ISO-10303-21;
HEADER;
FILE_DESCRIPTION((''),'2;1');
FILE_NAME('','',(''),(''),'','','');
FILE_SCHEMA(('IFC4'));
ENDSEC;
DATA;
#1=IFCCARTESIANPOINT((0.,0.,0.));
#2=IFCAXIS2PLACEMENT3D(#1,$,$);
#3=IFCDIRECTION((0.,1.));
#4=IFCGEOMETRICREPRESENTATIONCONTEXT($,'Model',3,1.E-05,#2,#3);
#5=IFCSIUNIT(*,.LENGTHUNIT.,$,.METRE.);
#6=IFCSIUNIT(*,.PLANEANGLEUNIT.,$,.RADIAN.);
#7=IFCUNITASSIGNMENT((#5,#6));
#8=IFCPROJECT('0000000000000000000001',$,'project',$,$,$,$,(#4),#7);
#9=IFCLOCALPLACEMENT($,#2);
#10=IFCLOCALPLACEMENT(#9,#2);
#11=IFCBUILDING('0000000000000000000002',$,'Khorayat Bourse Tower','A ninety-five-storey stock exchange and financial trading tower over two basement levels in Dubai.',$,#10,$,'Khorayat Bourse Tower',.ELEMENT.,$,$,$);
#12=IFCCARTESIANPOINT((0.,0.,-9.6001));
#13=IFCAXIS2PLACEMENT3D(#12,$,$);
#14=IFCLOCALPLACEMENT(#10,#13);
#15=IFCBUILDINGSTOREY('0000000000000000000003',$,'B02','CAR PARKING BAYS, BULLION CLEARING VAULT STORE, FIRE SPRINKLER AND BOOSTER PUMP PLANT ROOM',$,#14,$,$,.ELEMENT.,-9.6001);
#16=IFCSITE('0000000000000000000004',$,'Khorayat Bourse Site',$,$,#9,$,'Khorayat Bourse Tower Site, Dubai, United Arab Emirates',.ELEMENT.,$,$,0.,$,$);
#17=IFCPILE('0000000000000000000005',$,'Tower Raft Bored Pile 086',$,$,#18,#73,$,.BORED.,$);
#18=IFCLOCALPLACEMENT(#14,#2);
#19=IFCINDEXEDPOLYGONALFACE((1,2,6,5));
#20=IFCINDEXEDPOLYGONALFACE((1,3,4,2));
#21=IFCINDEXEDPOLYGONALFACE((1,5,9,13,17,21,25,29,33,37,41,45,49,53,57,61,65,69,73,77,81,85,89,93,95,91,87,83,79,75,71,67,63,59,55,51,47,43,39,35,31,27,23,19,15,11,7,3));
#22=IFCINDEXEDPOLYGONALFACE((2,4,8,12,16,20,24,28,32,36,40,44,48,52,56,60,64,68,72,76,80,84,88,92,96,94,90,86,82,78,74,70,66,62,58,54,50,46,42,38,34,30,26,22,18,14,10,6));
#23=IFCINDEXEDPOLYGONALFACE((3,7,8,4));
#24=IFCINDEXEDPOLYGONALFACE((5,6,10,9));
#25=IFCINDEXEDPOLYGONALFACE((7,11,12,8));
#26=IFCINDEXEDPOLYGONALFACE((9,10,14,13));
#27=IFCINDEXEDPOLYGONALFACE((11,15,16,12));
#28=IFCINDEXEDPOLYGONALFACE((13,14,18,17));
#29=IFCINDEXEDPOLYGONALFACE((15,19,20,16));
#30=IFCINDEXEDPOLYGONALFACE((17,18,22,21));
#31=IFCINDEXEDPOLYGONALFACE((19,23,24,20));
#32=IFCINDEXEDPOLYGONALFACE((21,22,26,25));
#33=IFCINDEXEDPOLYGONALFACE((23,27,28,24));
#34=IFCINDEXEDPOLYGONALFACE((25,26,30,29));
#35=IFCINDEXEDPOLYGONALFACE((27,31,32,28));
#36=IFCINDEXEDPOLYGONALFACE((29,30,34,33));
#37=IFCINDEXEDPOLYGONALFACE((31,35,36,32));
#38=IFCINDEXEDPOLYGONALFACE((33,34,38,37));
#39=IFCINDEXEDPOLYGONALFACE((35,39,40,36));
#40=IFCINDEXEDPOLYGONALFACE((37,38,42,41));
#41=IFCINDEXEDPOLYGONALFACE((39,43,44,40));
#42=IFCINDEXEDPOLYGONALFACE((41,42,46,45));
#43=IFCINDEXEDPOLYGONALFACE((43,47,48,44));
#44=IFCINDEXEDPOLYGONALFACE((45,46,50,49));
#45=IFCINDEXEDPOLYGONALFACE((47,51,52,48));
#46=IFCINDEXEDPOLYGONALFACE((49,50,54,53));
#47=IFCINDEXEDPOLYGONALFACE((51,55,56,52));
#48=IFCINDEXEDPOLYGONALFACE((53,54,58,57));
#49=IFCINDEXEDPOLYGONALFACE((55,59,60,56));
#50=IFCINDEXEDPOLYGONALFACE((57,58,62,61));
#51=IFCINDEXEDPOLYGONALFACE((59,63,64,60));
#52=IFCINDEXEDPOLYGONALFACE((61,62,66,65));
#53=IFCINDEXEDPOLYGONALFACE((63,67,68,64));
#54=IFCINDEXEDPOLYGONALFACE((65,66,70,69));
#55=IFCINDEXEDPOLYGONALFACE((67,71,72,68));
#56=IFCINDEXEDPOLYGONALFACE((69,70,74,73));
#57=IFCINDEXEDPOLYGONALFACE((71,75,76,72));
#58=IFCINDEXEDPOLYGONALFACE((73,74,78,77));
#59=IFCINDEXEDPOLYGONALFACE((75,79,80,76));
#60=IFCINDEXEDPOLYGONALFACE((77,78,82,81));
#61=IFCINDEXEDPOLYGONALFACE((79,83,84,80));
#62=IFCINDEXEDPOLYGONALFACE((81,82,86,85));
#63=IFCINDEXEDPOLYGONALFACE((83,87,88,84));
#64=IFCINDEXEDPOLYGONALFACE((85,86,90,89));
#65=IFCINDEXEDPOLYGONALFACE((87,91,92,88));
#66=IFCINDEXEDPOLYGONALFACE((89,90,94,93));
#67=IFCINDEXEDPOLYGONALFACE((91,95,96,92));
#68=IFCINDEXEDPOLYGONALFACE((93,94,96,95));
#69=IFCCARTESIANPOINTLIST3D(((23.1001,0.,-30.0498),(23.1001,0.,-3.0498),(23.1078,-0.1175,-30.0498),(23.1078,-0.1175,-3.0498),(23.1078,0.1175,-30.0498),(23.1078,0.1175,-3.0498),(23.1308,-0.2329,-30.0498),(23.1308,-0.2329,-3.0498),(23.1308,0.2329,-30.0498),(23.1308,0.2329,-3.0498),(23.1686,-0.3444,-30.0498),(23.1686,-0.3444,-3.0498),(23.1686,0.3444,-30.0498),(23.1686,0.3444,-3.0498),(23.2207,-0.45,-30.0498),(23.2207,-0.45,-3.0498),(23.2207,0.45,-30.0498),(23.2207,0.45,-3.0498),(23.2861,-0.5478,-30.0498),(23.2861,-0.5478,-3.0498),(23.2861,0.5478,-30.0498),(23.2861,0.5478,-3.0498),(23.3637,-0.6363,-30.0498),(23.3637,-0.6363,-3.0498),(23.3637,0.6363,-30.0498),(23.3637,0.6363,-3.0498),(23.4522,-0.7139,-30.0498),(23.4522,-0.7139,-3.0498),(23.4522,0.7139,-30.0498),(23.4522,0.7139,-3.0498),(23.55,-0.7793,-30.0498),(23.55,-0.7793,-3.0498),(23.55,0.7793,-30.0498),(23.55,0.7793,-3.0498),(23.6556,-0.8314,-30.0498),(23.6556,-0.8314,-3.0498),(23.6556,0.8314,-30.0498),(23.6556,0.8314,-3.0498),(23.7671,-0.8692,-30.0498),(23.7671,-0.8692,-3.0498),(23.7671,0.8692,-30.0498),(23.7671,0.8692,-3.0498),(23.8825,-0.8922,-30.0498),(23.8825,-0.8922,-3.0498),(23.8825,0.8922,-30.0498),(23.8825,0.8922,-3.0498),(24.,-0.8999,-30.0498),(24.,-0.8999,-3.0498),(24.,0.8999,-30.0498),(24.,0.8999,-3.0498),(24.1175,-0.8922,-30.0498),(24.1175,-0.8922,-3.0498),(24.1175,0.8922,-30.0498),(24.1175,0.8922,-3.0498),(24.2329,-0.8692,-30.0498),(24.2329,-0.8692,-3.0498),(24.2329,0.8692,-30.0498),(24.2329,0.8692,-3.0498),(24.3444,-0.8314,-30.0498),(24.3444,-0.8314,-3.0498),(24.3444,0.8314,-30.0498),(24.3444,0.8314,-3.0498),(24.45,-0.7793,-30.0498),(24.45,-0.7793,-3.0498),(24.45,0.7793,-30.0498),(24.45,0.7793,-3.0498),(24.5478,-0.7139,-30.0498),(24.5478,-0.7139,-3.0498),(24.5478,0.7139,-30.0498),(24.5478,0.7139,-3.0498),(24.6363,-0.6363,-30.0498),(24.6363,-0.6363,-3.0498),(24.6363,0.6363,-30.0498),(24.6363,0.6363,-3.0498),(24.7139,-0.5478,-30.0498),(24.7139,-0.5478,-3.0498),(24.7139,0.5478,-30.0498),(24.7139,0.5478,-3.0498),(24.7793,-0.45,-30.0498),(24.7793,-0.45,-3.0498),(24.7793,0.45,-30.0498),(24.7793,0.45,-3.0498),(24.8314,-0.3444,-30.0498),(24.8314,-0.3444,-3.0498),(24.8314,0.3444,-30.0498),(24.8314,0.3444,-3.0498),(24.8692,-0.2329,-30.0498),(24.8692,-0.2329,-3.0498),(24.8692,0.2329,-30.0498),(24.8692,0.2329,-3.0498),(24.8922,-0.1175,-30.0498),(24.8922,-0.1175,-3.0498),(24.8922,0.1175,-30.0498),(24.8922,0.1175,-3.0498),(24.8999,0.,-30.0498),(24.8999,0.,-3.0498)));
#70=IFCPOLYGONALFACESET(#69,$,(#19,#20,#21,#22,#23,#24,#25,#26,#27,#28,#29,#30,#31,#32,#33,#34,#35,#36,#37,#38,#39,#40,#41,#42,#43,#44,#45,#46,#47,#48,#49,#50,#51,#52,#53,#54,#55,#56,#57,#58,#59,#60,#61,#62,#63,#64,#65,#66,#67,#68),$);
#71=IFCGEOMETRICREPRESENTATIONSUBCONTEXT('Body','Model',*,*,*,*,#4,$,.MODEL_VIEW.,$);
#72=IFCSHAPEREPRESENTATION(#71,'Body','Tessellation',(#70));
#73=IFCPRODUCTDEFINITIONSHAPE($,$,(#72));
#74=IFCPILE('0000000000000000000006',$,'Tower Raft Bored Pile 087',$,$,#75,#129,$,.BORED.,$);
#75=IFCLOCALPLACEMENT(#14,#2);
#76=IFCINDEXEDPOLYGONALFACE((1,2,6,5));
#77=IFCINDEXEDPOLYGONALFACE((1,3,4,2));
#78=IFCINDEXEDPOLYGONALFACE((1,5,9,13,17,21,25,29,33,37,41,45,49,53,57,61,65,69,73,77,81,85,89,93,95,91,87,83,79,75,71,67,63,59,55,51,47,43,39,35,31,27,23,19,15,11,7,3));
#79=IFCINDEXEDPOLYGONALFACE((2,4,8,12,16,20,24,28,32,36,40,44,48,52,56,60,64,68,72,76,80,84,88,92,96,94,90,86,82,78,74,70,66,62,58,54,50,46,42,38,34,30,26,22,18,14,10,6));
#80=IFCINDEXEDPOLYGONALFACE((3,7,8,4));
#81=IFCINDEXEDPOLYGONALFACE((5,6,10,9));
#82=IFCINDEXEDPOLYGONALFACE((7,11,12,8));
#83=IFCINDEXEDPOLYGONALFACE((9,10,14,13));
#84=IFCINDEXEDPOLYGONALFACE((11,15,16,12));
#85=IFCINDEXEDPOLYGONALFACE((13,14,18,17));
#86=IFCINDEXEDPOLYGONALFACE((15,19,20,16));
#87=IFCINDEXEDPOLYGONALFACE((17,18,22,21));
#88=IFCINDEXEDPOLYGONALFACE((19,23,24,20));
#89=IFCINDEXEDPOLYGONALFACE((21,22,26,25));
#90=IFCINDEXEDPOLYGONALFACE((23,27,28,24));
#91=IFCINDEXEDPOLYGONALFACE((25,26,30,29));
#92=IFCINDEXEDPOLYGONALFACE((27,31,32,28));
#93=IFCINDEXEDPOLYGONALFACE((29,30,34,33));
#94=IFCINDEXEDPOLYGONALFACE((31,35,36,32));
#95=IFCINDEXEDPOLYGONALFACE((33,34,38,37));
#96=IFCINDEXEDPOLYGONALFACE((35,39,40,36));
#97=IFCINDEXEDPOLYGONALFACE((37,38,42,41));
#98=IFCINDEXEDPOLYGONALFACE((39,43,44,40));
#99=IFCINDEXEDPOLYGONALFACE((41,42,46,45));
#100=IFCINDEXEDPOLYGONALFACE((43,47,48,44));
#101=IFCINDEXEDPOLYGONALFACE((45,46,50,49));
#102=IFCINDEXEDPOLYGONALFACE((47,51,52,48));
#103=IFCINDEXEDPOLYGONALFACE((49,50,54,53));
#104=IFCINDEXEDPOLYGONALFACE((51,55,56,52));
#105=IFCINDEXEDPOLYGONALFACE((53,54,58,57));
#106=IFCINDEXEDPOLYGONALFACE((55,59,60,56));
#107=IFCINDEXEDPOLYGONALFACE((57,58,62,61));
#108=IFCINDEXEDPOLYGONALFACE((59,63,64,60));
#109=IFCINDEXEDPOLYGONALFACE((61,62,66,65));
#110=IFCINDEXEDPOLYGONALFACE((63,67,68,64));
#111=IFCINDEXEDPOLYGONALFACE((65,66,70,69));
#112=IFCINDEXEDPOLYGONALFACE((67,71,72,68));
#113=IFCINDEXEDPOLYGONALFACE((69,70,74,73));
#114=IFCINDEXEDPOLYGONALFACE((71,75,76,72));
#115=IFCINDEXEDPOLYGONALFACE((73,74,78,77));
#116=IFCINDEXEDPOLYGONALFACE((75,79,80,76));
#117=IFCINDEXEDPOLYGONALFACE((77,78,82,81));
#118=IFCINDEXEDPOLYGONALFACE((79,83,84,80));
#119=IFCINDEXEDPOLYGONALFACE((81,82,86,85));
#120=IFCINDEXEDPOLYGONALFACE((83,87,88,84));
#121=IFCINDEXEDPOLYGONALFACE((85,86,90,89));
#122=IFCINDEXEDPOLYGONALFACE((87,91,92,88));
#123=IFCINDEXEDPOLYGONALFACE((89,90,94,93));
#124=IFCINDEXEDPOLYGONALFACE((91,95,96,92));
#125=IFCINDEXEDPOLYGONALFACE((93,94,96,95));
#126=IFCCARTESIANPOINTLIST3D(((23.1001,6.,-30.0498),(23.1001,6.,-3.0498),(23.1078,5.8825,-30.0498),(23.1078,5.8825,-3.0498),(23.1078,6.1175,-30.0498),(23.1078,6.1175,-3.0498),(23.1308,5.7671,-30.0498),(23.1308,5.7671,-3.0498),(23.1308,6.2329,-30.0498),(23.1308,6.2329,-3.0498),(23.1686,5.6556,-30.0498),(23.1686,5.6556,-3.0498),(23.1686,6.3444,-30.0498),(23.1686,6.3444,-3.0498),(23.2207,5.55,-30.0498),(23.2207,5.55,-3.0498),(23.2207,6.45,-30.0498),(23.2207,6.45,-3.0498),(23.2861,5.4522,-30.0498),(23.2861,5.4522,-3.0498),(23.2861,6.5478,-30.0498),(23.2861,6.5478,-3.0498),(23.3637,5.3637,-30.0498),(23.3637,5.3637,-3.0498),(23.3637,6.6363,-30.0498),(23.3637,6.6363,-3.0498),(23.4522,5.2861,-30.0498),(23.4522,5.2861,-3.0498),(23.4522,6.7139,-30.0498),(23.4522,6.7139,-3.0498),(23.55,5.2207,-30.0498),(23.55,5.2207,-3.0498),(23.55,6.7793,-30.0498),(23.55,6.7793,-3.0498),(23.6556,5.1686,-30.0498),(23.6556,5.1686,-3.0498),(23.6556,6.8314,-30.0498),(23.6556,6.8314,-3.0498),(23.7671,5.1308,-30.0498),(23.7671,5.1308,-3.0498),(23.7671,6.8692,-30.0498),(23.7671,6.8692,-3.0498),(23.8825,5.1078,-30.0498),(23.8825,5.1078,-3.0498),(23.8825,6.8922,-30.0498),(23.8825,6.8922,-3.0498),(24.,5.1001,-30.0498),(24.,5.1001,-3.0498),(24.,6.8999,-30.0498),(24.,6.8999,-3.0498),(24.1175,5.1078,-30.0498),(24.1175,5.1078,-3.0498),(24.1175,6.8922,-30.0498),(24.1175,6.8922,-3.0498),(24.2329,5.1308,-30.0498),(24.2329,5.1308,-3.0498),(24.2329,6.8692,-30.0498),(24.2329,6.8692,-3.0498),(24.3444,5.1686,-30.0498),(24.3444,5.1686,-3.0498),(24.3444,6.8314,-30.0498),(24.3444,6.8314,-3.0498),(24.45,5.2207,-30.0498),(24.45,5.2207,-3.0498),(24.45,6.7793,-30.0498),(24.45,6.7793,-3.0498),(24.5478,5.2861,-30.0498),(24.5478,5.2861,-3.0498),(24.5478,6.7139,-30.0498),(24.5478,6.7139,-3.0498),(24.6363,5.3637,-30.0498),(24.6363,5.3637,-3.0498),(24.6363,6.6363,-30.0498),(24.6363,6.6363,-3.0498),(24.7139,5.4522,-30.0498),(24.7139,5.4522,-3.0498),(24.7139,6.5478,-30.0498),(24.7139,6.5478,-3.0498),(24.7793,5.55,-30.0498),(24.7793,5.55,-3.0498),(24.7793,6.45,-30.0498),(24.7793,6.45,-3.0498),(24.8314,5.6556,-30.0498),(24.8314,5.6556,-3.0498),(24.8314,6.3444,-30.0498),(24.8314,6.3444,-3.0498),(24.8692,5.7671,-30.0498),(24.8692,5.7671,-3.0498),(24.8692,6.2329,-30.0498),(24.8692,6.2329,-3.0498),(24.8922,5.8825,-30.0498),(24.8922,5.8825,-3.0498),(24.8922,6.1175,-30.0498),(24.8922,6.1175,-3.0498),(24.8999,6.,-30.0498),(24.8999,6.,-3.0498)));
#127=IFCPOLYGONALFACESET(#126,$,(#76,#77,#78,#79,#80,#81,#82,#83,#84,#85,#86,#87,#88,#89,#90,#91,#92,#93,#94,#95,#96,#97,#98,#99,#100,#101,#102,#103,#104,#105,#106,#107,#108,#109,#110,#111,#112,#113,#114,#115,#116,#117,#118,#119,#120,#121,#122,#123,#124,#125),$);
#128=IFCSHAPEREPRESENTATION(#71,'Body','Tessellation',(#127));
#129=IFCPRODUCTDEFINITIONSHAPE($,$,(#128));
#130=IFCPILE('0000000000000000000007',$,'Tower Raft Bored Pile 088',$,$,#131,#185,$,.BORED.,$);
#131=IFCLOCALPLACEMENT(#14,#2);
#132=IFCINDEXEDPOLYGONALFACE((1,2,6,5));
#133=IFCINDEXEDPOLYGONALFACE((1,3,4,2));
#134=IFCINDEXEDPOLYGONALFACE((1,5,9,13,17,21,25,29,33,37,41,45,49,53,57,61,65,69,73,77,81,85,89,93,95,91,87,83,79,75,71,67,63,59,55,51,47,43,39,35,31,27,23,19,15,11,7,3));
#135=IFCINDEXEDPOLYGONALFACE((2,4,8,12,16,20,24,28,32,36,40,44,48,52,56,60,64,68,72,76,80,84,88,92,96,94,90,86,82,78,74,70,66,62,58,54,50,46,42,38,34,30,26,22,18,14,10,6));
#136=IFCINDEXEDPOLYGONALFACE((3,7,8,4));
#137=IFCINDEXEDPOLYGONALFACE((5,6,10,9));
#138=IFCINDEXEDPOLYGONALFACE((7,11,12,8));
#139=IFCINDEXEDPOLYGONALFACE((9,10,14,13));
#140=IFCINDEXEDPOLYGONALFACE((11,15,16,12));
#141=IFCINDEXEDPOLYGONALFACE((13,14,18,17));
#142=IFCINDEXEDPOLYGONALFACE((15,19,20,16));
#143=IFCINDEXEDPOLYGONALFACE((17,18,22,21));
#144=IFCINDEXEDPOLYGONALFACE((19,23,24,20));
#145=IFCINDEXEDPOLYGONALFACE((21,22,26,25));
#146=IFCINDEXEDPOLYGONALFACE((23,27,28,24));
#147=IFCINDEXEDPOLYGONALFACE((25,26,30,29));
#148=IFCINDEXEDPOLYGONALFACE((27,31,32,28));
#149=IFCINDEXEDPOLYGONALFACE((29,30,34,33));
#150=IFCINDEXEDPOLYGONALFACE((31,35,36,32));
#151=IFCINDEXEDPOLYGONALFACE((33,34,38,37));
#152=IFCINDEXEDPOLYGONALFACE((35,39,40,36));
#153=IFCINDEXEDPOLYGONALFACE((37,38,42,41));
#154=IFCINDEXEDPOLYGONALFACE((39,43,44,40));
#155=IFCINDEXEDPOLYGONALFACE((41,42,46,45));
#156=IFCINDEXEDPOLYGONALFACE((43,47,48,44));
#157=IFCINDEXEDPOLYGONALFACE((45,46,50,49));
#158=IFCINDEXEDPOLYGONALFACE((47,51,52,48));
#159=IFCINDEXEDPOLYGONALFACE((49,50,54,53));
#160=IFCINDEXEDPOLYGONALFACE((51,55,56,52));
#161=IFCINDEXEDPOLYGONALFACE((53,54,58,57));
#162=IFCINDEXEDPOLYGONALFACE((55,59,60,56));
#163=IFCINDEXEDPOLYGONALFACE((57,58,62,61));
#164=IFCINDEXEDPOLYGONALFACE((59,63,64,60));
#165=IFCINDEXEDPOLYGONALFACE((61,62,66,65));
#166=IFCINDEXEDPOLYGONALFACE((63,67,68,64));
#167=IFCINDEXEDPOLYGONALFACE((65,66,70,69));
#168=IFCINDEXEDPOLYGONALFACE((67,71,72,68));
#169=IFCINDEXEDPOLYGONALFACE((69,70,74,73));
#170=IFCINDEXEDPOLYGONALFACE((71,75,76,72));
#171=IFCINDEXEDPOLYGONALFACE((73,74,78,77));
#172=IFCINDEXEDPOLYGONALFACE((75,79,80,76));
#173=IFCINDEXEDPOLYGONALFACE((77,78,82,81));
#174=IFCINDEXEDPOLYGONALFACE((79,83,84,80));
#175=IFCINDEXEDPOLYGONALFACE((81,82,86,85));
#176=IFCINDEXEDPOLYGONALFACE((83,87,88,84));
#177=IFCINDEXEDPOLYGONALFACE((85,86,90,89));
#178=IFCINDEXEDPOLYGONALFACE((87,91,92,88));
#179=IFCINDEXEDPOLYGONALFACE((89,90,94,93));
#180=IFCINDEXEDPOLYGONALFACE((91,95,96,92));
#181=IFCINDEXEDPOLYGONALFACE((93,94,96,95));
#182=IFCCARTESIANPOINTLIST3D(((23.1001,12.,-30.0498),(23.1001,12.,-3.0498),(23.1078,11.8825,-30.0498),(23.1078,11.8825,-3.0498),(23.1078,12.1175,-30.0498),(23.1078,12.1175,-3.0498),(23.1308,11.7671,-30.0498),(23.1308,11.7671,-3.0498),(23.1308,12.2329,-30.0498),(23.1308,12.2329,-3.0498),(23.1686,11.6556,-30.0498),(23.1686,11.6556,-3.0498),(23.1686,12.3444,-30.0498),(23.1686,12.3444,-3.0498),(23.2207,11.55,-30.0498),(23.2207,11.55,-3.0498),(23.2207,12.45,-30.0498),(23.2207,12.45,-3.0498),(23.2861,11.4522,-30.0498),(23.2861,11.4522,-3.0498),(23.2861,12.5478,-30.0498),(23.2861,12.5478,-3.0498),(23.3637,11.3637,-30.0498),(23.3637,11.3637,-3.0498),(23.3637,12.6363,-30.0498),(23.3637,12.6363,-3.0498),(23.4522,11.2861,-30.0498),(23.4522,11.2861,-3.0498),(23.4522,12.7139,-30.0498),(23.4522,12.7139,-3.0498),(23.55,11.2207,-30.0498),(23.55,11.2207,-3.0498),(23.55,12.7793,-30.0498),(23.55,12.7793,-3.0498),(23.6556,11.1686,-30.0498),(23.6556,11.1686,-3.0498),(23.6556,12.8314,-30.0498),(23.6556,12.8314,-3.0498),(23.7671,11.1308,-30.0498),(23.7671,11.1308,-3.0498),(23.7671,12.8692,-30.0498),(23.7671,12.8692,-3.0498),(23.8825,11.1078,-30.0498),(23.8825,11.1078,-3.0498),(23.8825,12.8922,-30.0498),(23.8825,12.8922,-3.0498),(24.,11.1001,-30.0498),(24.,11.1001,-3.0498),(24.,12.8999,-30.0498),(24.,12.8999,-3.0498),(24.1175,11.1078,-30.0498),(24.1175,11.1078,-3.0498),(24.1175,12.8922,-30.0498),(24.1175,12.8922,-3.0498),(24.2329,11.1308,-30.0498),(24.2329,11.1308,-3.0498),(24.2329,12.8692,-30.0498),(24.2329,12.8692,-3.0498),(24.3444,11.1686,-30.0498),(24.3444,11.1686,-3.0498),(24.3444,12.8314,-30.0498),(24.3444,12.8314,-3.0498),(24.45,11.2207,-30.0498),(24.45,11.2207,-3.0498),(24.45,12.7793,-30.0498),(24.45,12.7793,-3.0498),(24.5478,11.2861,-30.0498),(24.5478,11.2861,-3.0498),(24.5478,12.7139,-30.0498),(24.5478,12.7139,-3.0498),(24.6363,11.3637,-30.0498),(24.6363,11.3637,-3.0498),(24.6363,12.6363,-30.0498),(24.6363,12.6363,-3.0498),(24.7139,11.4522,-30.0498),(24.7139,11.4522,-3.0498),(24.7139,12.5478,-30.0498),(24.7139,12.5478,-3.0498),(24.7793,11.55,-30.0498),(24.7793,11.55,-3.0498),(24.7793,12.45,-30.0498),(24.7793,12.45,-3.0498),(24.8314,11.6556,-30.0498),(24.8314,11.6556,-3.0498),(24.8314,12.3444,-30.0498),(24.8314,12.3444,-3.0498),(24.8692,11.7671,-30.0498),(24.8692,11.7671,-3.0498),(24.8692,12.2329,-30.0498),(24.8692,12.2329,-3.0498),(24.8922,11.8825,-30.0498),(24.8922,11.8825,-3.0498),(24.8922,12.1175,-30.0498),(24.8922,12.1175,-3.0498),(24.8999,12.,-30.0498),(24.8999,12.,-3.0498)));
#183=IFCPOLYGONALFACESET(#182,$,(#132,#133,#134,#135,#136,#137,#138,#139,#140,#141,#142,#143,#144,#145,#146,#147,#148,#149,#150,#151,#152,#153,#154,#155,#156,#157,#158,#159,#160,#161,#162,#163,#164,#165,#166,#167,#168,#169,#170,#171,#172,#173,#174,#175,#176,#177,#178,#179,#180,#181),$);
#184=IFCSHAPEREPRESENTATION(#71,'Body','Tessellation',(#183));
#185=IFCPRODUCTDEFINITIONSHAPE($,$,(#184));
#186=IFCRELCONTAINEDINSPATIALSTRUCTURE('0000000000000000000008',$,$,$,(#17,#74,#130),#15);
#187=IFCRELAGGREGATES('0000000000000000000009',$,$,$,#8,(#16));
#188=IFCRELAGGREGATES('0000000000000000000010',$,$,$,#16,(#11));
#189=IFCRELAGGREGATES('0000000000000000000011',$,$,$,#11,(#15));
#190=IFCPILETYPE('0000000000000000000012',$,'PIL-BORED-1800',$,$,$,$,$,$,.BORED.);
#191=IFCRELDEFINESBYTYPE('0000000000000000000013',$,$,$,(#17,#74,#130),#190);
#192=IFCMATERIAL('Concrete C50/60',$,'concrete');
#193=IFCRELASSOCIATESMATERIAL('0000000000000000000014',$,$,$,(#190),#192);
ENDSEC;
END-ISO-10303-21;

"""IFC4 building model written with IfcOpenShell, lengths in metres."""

from ifc_helpers import new_model, si_unit, direction, frame, origin, origin_2d, place, context, subcontext, project, spatial, circle, extrude, source, transform, mapped, material, material_profile, profile_set, type_object, element, save


model = new_model("IFC4")

# Units and contexts
model_context = context("Model", 3, precision=1e-05, world=origin(), true_north=direction((0.0, 1.0)))
body_context = subcontext(model_context, "Body", "Model", "MODEL_VIEW")
ifc_project = project(units=[si_unit("LENGTHUNIT", "METRE"), si_unit("PLANEANGLEUNIT", "RADIAN")], contexts=[model_context])

# Site, building, storey
site_placement = place(None, origin())
site = spatial("IfcSite", under=ifc_project, at=site_placement, Name="Khorayat Bourse Site", LongName="Khorayat Bourse Tower Site, Dubai, United Arab Emirates", CompositionType="ELEMENT", RefElevation=0.0)
building_placement = place(site_placement, origin())
building = spatial("IfcBuilding", under=site, at=building_placement, Name="Khorayat Bourse Tower", Description="A ninety-five-storey stock exchange and financial trading tower over two basement levels in Dubai.", LongName="Khorayat Bourse Tower", CompositionType="ELEMENT")
storey_placement = place(building_placement, frame((0.0, 0.0, -9.6001)))
storey = spatial("IfcBuildingStorey", under=building, at=storey_placement, Name="B02", Description="CAR PARKING BAYS, BULLION CLEARING VAULT STORE, FIRE SPRINKLER AND BOOSTER PUMP PLANT ROOM", CompositionType="ELEMENT", Elevation=-9.6001)

# Piles
ifc_material_1 = material(Name="Concrete C50/60", Category="concrete")
ifc_material_profile_1 = material_profile(ifc_material_1, circle(Radius=0.8999, at=origin_2d()), Name="BORED PILE D1800")
ifc_profile_set_1 = profile_set([ifc_material_profile_1], Name="Concrete C50/60")
pile_type_1 = type_object("IfcPileType", Name="PIL-BORED-1800", PredefinedType="BORED", material=ifc_profile_set_1)
shared_shape_1 = source(origin(), body_context, "Body", "SweptSolid", [
    extrude(circle(Radius=0.8999, at=origin_2d()), origin(), (0.0, 0.0, 1.0), 27.0),
])
for number, where, z_axis, x_axis, name in (
    (1, (24.0, 0.0, -3.0498), (0.0, 0.0, -1.0), (1.0, 0.0, 0.0), "Tower Raft Bored Pile 086"),
    (2, (24.0, 6.0, -3.0498), (0.0, 0.0, -1.0), (1.0, 0.0, 0.0), "Tower Raft Bored Pile 087"),
    (3, (24.0, 12.0, -3.0498), (0.0, 0.0, -1.0), (1.0, 0.0, 0.0), "Tower Raft Bored Pile 088"),
):
    element("IfcPile", number, at=place(storey_placement, frame(where, z_axis=z_axis, x_axis=x_axis)), inside=storey, type_object=pile_type_1, Name=name, PredefinedType="BORED", context=body_context, shape_type="MappedRepresentation", body=[
        mapped(shared_shape_1, transform((0.0, 0.0, 0.0), scale=1.0)),
    ])

save(model, "model.ifc")
